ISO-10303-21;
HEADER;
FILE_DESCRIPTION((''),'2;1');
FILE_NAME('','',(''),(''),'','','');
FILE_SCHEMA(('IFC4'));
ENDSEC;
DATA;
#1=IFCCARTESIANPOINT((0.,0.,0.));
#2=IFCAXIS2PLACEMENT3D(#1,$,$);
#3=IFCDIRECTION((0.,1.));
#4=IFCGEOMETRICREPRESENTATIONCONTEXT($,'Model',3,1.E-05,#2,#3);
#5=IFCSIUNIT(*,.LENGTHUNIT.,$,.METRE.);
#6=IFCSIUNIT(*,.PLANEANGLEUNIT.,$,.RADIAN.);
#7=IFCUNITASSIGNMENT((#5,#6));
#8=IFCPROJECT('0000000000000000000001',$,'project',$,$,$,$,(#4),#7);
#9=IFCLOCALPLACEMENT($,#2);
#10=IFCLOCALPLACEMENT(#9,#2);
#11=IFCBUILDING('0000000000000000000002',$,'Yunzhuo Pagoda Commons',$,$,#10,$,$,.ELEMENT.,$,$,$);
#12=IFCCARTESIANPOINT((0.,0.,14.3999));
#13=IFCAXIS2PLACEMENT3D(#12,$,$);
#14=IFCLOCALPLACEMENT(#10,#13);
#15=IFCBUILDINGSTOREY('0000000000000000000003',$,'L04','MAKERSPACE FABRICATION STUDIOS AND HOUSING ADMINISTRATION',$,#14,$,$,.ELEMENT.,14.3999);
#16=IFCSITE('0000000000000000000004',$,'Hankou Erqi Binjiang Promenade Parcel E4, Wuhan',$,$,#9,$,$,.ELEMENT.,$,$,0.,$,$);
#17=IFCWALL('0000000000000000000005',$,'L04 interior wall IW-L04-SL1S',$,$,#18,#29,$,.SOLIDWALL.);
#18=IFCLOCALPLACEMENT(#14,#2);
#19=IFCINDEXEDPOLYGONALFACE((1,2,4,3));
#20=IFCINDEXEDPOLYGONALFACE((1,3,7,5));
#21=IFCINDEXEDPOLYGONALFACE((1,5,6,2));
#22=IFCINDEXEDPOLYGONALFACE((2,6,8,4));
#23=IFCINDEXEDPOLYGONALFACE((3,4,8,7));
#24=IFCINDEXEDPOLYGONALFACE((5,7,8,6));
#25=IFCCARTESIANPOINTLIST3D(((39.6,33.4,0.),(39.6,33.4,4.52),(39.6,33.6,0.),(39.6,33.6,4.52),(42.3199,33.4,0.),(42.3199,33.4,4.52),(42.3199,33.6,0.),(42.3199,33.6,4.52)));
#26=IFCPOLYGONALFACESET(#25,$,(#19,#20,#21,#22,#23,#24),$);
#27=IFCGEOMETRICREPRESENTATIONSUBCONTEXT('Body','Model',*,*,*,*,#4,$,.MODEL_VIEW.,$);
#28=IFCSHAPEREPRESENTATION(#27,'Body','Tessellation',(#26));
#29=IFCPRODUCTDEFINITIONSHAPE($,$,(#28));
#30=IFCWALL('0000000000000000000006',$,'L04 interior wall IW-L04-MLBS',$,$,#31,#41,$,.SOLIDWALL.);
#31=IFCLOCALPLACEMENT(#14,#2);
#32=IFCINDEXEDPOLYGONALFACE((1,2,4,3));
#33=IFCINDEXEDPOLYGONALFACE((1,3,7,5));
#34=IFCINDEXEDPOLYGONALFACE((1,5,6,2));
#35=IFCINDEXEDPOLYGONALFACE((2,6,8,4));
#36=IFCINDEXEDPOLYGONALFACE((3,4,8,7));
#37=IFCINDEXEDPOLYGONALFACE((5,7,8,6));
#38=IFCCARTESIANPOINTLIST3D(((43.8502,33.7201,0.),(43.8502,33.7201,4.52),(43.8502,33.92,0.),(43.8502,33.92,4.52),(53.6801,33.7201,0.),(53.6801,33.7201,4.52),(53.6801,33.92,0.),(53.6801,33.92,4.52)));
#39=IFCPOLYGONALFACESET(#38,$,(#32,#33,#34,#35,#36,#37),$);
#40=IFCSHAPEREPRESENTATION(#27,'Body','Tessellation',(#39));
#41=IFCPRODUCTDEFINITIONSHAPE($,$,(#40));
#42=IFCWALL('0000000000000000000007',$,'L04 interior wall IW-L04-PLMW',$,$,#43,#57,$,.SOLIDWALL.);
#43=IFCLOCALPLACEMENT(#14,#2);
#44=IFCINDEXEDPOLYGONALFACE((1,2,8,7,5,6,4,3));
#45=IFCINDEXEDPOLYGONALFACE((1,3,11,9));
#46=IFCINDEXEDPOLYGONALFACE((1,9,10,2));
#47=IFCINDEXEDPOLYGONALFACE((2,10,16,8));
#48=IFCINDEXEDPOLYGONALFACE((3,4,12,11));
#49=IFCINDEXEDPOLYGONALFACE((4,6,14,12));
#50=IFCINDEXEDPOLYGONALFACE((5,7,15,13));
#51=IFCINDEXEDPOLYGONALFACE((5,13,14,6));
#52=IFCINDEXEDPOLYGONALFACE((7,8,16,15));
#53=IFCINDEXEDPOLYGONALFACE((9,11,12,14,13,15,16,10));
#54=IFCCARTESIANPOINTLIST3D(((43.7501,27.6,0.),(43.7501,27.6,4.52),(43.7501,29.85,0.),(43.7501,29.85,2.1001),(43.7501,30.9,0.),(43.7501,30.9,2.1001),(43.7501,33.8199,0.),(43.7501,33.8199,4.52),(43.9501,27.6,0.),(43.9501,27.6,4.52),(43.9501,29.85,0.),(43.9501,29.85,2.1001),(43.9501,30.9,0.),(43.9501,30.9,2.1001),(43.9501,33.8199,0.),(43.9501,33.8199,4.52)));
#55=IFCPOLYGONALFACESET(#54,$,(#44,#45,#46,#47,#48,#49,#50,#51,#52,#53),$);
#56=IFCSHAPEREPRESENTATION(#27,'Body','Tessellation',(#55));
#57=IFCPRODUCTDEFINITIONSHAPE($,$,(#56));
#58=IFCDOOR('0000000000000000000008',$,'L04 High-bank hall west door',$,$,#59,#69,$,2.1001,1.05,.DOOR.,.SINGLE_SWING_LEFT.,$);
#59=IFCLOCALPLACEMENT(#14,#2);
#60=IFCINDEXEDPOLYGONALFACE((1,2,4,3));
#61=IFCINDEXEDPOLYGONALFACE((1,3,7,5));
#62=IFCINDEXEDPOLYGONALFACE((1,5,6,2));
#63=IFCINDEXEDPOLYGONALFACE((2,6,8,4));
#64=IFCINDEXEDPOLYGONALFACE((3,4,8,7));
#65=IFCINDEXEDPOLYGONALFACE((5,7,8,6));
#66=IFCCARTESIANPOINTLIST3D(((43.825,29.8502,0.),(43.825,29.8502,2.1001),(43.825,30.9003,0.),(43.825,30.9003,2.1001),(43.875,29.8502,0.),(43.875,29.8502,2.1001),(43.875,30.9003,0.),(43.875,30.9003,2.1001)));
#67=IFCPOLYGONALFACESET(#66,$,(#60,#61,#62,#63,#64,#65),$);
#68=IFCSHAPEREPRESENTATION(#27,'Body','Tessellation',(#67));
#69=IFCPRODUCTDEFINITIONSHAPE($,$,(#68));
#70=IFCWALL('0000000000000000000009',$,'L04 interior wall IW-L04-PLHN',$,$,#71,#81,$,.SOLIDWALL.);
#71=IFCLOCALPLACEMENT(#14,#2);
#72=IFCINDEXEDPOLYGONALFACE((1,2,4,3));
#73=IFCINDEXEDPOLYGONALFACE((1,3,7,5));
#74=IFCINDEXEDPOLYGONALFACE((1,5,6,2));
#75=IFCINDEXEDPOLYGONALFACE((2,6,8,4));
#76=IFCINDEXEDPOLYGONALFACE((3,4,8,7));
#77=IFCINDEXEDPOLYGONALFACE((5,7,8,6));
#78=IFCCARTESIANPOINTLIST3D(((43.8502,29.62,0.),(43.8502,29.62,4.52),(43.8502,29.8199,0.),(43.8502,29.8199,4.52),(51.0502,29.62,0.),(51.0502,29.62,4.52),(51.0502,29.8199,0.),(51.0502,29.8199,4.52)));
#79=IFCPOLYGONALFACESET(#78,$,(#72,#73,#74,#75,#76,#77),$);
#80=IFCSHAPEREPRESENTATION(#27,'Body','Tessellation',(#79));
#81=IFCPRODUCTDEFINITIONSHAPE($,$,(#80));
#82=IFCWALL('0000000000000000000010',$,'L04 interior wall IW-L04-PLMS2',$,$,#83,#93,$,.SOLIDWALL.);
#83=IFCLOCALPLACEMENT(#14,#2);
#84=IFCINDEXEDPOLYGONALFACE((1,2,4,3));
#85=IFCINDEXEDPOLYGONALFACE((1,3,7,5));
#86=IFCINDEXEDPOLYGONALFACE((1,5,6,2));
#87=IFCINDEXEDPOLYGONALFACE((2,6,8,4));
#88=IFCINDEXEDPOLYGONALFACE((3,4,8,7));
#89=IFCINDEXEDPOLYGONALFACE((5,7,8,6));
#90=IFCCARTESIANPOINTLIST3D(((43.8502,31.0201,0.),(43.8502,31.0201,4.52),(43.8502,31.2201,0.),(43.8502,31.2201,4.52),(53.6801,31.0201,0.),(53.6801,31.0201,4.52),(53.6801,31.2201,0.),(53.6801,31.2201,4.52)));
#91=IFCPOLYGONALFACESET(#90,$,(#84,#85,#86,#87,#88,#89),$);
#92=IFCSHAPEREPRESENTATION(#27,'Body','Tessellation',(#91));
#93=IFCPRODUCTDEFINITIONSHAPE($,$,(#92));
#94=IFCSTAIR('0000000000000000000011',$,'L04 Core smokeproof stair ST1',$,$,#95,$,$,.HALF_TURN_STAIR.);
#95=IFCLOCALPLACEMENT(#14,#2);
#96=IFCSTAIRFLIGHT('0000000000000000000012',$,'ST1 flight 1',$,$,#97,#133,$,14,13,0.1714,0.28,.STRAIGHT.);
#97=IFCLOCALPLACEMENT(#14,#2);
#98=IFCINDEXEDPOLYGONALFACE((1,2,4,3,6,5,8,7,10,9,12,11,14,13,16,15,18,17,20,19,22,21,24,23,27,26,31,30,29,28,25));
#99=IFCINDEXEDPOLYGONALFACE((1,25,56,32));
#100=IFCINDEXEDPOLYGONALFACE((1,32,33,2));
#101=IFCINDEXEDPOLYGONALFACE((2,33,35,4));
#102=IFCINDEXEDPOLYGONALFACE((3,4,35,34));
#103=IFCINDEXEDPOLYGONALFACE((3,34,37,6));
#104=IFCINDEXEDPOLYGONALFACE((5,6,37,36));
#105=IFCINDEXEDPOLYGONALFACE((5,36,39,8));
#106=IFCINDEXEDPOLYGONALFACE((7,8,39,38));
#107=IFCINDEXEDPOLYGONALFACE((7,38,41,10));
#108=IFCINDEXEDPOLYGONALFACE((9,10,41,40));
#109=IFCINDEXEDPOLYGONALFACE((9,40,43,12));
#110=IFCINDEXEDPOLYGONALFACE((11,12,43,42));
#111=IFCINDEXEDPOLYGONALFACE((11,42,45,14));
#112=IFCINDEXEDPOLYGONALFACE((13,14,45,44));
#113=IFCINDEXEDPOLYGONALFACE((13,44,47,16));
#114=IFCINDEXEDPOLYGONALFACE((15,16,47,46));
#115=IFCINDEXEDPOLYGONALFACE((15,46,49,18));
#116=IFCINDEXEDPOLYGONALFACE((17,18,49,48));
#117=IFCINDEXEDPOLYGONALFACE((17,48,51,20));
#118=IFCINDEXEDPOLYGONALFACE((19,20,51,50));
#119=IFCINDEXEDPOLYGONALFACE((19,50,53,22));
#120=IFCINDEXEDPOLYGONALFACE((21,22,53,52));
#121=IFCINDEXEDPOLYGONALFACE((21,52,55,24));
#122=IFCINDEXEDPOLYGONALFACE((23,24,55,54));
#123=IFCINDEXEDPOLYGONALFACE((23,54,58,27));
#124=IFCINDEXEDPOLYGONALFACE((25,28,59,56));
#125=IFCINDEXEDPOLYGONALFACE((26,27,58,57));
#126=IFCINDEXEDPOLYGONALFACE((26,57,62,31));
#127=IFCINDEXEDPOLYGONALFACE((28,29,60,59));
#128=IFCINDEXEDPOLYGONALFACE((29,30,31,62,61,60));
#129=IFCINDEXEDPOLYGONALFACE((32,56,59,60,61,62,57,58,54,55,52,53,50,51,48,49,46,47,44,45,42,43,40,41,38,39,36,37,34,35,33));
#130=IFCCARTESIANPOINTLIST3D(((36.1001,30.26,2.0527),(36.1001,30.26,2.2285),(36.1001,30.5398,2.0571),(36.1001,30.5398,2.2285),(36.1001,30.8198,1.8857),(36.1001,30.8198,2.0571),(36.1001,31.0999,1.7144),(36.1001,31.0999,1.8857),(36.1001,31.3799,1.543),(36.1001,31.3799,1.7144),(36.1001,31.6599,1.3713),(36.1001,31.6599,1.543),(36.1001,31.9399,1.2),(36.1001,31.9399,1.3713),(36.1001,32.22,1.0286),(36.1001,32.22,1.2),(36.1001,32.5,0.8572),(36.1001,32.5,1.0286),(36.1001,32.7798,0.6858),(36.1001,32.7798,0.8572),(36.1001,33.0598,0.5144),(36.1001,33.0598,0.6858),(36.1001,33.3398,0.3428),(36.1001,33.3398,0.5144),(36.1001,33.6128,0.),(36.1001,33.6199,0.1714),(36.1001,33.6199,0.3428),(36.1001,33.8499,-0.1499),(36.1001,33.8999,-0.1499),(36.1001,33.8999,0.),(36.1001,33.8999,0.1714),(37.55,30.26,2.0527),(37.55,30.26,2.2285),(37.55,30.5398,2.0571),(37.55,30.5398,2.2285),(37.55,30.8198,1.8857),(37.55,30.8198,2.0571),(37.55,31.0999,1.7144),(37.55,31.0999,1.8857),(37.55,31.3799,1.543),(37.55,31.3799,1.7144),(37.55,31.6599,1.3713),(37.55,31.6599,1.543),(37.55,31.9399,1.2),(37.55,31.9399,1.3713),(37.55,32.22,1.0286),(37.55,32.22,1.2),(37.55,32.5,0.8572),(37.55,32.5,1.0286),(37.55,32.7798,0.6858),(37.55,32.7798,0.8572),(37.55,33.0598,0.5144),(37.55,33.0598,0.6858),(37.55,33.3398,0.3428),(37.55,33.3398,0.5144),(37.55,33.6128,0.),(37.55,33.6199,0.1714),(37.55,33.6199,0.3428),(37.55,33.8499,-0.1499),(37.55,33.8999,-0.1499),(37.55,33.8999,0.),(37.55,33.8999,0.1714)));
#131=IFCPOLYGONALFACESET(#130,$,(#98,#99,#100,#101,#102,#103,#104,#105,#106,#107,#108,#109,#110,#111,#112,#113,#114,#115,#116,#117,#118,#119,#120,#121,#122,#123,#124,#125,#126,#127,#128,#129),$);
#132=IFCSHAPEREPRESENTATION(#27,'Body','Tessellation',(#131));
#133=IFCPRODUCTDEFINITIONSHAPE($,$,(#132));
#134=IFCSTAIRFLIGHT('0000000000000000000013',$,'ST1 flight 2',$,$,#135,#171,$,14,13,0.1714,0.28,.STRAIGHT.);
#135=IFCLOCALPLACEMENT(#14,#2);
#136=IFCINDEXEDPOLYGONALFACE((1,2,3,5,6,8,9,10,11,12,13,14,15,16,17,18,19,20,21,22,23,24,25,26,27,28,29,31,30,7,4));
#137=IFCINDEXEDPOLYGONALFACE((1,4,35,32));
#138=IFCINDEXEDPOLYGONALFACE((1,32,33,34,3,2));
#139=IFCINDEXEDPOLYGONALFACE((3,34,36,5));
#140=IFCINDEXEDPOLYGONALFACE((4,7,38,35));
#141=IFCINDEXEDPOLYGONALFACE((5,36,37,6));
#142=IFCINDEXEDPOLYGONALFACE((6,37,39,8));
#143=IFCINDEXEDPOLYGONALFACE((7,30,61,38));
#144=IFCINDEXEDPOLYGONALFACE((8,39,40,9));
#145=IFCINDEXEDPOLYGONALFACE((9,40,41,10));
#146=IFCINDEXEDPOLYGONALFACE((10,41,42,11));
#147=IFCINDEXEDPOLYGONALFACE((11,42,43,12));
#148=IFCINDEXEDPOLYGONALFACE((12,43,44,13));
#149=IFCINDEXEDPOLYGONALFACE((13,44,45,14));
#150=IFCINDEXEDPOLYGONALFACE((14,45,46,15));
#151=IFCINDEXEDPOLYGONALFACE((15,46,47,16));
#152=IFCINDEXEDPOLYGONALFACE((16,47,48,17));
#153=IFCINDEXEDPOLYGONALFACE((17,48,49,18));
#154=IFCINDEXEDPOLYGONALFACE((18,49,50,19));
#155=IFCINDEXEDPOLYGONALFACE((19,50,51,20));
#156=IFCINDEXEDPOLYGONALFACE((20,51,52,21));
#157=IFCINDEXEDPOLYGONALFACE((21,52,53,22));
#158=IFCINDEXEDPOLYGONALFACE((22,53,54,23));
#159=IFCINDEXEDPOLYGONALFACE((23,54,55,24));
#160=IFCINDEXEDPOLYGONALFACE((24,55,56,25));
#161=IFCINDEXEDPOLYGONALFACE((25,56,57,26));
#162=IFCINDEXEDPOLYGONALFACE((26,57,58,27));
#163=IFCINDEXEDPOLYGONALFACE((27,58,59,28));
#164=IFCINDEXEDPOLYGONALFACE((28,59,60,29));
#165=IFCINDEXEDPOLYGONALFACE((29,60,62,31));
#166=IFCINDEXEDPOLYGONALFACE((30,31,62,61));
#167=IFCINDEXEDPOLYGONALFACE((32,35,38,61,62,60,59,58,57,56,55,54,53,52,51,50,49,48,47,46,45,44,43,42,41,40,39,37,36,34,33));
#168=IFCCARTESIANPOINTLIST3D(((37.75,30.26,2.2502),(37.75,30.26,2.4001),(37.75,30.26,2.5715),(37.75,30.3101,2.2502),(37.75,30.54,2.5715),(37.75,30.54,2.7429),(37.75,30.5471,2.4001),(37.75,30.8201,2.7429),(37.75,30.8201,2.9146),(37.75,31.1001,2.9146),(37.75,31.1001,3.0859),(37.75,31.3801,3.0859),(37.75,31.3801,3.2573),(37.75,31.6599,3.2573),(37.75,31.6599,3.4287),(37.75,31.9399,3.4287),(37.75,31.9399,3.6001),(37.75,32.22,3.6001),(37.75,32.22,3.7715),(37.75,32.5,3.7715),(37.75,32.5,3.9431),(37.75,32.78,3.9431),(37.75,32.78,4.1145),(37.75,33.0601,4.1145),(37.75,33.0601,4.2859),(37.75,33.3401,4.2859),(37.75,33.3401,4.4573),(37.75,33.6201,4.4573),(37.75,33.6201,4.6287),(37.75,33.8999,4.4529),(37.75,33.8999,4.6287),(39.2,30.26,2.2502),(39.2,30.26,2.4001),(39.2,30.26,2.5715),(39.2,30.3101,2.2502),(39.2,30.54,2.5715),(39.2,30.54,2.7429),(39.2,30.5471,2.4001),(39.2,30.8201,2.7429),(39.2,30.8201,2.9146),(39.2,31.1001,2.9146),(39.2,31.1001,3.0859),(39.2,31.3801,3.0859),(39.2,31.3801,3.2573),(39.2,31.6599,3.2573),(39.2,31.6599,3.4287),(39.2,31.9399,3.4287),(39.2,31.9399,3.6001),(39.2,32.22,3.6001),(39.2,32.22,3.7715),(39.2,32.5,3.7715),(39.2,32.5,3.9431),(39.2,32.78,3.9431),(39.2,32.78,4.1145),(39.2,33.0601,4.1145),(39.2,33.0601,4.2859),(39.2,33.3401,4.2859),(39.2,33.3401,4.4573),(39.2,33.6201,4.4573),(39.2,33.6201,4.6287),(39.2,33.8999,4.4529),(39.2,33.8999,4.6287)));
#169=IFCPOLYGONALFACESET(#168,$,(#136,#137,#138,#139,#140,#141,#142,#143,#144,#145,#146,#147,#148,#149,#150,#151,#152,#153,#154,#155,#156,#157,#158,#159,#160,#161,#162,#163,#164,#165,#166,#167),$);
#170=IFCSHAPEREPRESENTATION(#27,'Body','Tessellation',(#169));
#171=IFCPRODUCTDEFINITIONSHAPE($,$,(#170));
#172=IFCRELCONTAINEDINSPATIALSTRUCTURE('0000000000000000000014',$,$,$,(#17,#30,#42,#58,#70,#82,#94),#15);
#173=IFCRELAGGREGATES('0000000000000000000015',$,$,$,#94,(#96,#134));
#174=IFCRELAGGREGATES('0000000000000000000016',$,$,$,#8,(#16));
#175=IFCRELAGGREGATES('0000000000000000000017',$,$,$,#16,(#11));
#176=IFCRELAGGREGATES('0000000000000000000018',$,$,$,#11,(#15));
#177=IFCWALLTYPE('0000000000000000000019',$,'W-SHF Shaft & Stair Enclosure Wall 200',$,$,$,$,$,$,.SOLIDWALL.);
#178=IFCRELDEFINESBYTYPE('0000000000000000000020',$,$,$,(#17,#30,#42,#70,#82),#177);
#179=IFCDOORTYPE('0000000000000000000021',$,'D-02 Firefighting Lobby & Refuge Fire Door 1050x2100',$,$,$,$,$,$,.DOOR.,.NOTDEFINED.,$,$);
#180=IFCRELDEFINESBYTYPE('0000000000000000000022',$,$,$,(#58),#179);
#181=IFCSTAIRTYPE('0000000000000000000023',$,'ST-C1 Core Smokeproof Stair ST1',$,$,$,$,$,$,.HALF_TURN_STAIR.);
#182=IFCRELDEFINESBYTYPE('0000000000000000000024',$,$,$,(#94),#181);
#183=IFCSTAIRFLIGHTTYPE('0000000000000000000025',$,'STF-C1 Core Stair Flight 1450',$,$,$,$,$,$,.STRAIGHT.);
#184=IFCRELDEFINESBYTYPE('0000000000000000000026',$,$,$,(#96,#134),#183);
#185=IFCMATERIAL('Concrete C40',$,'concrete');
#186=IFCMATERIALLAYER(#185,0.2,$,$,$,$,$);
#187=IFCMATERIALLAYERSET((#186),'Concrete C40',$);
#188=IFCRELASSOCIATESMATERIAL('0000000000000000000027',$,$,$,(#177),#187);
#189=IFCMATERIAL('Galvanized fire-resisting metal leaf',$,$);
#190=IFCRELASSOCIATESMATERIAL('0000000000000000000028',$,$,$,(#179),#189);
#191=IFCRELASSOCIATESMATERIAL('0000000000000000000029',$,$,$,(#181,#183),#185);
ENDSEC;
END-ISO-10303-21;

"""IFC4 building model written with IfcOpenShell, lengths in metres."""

from ifc_helpers import new_model, si_unit, direction, frame, frame_2d, origin, place, context, subcontext, project, spatial, polyline, rectangle, outline, extrude, source, transform, mapped, material, layer, layer_set, type_object, element, fill, aggregate, save


model = new_model("IFC4")

# Units and contexts
model_context = context("Model", 3, precision=1e-05, world=origin(), true_north=direction((0.0, 1.0)))
body_context = subcontext(model_context, "Body", "Model", "MODEL_VIEW")
ifc_project = project(units=[si_unit("LENGTHUNIT", "METRE"), si_unit("PLANEANGLEUNIT", "RADIAN")], contexts=[model_context])

# Site, building, storey
site_placement = place(None, origin())
site = spatial("IfcSite", under=ifc_project, at=site_placement, Name="Hankou Erqi Binjiang Promenade Parcel E4, Wuhan", CompositionType="ELEMENT", RefElevation=0.0)
building_placement = place(site_placement, origin())
building = spatial("IfcBuilding", under=site, at=building_placement, Name="Yunzhuo Pagoda Commons", CompositionType="ELEMENT")
storey_placement = place(building_placement, frame((0.0, 0.0, 14.3999)))
storey = spatial("IfcBuildingStorey", under=building, at=storey_placement, Name="L04", Description="MAKERSPACE FABRICATION STUDIOS AND HOUSING ADMINISTRATION", CompositionType="ELEMENT", Elevation=14.3999)

# Shared definitions
ifc_material_1 = material(Name="Galvanized fire-resisting metal leaf")

# Shared definitions
ifc_material_2 = material(Name="Concrete C40", Category="concrete")
ifc_layer_1 = layer(ifc_material_2, 0.2)
ifc_layer_set_1 = layer_set([ifc_layer_1], Name="Concrete C40")
wall_type_1 = type_object("IfcWallType", Name="W-SHF Shaft & Stair Enclosure Wall 200", PredefinedType="SOLIDWALL", material=ifc_layer_set_1)
shared_shape_1 = source(origin(), body_context, "Body", "SweptSolid", [
    extrude(rectangle(XDim=1.05, YDim=2.1001, at=frame_2d((0.5249, 1.05))), frame((0.0, 0.0249, 0.0), z_axis=(0.0, -1.0, 0.0), x_axis=(1.0, 0.0, 0.0)), (0.0, 0.0, 1.0), 0.05),
])

# Walls
wall_1_placement = place(storey_placement, frame((39.6001, 33.5, 0.0), z_axis=(0.0, 0.0, 1.0), x_axis=(1.0, 0.0, 0.0)))
element("IfcWall", 1, at=wall_1_placement, inside=storey, type_object=wall_type_1, Name="L04 interior wall IW-L04-SL1S", PredefinedType="SOLIDWALL", context=body_context, shape_type="SweptSolid", body=[
    extrude(rectangle(XDim=2.72, YDim=0.2, at=frame_2d((1.3599, 0.0))), origin(), (0.0, 0.0, 1.0), 4.52),
])
wall_2_placement = place(storey_placement, frame((43.8501, 33.8201, 0.0), z_axis=(0.0, 0.0, 1.0), x_axis=(1.0, 0.0, 0.0)))
element("IfcWall", 2, at=wall_2_placement, inside=storey, type_object=wall_type_1, Name="L04 interior wall IW-L04-MLBS", PredefinedType="SOLIDWALL", context=body_context, shape_type="SweptSolid", body=[
    extrude(rectangle(XDim=9.8298, YDim=0.2, at=frame_2d((4.915, 0.0))), origin(), (0.0, 0.0, 1.0), 4.52),
])

# Wall, opening, door
wall_3_placement = place(storey_placement, frame((43.8501, 27.6001, 0.0), z_axis=(0.0, 0.0, 1.0), x_axis=(0.0, 1.0, 0.0)))
wall_3 = element("IfcWall", 3, at=wall_3_placement, inside=storey, type_object=wall_type_1, Name="L04 interior wall IW-L04-PLMW", PredefinedType="SOLIDWALL", context=body_context, shape_type="SweptSolid", body=[
    extrude(rectangle(XDim=6.22, YDim=0.2, at=frame_2d((3.1099, 0.0))), origin(), (0.0, 0.0, 1.0), 4.52),
])
opening_1_placement = place(wall_3_placement, frame((2.25, 0.0, 0.0)))
opening_1 = element("IfcOpeningElement", 4, at=opening_1_placement, cuts=wall_3, PredefinedType="OPENING", context=body_context, shape_type="SweptSolid", body=[
    extrude(rectangle(XDim=1.05, YDim=2.1001, at=frame_2d((0.5249, 1.05))), frame((0.0, 0.1099, 0.0), z_axis=(0.0, -1.0, 0.0), x_axis=(1.0, 0.0, 0.0)), (0.0, 0.0, 1.0), 0.22),
])
door_type_1 = type_object("IfcDoorType", Name="D-02 Firefighting Lobby & Refuge Fire Door 1050x2100", OperationType="NOTDEFINED", PredefinedType="DOOR", material=ifc_material_1)
door_1_placement = place(opening_1_placement, frame((1.05, 0.0, 0.0), z_axis=(0.0, 0.0, 1.0), x_axis=(-1.0, 0.0, 0.0)))
door_1 = element("IfcDoor", 5, at=door_1_placement, inside=storey, type_object=door_type_1, Name="L04 High-bank hall west door", OperationType="SINGLE_SWING_LEFT", OverallHeight=2.1001, OverallWidth=1.05, PredefinedType="DOOR", context=body_context, shape_type="MappedRepresentation", body=[
    mapped(shared_shape_1, transform((0.0, 0.0, 0.0), scale=1.0)),
])
fill(opening_1, door_1)

# Walls
wall_4_placement = place(storey_placement, frame((43.8501, 29.72, 0.0), z_axis=(0.0, 0.0, 1.0), x_axis=(1.0, 0.0, 0.0)))
element("IfcWall", 6, at=wall_4_placement, inside=storey, type_object=wall_type_1, Name="L04 interior wall IW-L04-PLHN", PredefinedType="SOLIDWALL", context=body_context, shape_type="SweptSolid", body=[
    extrude(rectangle(XDim=7.2, YDim=0.2, at=frame_2d((3.6001, 0.0))), origin(), (0.0, 0.0, 1.0), 4.52),
])
wall_5_placement = place(storey_placement, frame((43.8501, 31.1201, 0.0), z_axis=(0.0, 0.0, 1.0), x_axis=(1.0, 0.0, 0.0)))
element("IfcWall", 7, at=wall_5_placement, inside=storey, type_object=wall_type_1, Name="L04 interior wall IW-L04-PLMS2", PredefinedType="SOLIDWALL", context=body_context, shape_type="SweptSolid", body=[
    extrude(rectangle(XDim=9.8298, YDim=0.2, at=frame_2d((4.915, 0.0))), origin(), (0.0, 0.0, 1.0), 4.52),
])

# Stair, stair flights
stair_type = type_object("IfcStairType", Name="ST-C1 Core Smokeproof Stair ST1", PredefinedType="HALF_TURN_STAIR", material=ifc_material_2)
stair_placement = place(storey_placement, origin())
stair = element("IfcStair", 8, at=stair_placement, inside=storey, type_object=stair_type, Name="L04 Core smokeproof stair ST1", PredefinedType="HALF_TURN_STAIR")
stair_flight_type = type_object("IfcStairFlightType", Name="STF-C1 Core Stair Flight 1450", PredefinedType="STRAIGHT", material=ifc_material_2)
shared_shape_2 = source(origin(), body_context, "Body", "SweptSolid", [
    extrude(outline(polyline([(0.0, -0.1499), (0.0, 0.0), (0.0, 0.1714), (0.28, 0.1714), (0.28, 0.3428), (0.5601, 0.3428), (0.5601, 0.5144), (0.8401, 0.5144), (0.8401, 0.6858), (1.1201, 0.6858), (1.1201, 0.8572), (1.3999, 0.8572), (1.3999, 1.0286), (1.6799, 1.0286), (1.6799, 1.2), (1.96, 1.2), (1.96, 1.3713), (2.24, 1.3713), (2.24, 1.543), (2.52, 1.543), (2.52, 1.7144), (2.8, 1.7144), (2.8, 1.8857), (3.0801, 1.8857), (3.0801, 2.0571), (3.3601, 2.0571), (3.3601, 2.2285), (3.6399, 2.2285), (3.6399, 2.3999), (3.6399, 2.0527), (0.2871, 0.0), (0.05, -0.1499), (0.0, -0.1499)])), frame((0.0, 0.7251, 0.0), z_axis=(0.0, -1.0, 0.0), x_axis=(1.0, 0.0, 0.0)), (0.0, 0.0, 1.0), 1.45),
])
stair_flight_1_placement = place(storey_placement, frame((36.825, 33.8999, 0.0), z_axis=(0.0, 0.0, 1.0), x_axis=(0.0, -1.0, 0.0)))
stair_flight_1 = element("IfcStairFlight", 9, at=stair_flight_1_placement, type_object=stair_flight_type, Name="ST1 flight 1", NumberOfRisers=14, NumberOfTreads=13, PredefinedType="STRAIGHT", RiserHeight=0.1714, TreadLength=0.28, context=body_context, shape_type="MappedRepresentation", body=[
    mapped(shared_shape_2, transform((0.0, 0.0, 0.0), scale=1.0)),
])
stair_flight_2_placement = place(storey_placement, frame((38.4751, 30.26, 2.4001), z_axis=(0.0, 0.0, 1.0), x_axis=(0.0, 1.0, 0.0)))
stair_flight_2 = element("IfcStairFlight", 10, at=stair_flight_2_placement, type_object=stair_flight_type, Name="ST1 flight 2", NumberOfRisers=14, NumberOfTreads=13, PredefinedType="STRAIGHT", RiserHeight=0.1714, TreadLength=0.28, context=body_context, shape_type="MappedRepresentation", body=[
    mapped(shared_shape_2, transform((0.0, 0.0, 0.0), scale=1.0)),
])
aggregate(stair, [stair_flight_1, stair_flight_2])

save(model, "model.ifc")
